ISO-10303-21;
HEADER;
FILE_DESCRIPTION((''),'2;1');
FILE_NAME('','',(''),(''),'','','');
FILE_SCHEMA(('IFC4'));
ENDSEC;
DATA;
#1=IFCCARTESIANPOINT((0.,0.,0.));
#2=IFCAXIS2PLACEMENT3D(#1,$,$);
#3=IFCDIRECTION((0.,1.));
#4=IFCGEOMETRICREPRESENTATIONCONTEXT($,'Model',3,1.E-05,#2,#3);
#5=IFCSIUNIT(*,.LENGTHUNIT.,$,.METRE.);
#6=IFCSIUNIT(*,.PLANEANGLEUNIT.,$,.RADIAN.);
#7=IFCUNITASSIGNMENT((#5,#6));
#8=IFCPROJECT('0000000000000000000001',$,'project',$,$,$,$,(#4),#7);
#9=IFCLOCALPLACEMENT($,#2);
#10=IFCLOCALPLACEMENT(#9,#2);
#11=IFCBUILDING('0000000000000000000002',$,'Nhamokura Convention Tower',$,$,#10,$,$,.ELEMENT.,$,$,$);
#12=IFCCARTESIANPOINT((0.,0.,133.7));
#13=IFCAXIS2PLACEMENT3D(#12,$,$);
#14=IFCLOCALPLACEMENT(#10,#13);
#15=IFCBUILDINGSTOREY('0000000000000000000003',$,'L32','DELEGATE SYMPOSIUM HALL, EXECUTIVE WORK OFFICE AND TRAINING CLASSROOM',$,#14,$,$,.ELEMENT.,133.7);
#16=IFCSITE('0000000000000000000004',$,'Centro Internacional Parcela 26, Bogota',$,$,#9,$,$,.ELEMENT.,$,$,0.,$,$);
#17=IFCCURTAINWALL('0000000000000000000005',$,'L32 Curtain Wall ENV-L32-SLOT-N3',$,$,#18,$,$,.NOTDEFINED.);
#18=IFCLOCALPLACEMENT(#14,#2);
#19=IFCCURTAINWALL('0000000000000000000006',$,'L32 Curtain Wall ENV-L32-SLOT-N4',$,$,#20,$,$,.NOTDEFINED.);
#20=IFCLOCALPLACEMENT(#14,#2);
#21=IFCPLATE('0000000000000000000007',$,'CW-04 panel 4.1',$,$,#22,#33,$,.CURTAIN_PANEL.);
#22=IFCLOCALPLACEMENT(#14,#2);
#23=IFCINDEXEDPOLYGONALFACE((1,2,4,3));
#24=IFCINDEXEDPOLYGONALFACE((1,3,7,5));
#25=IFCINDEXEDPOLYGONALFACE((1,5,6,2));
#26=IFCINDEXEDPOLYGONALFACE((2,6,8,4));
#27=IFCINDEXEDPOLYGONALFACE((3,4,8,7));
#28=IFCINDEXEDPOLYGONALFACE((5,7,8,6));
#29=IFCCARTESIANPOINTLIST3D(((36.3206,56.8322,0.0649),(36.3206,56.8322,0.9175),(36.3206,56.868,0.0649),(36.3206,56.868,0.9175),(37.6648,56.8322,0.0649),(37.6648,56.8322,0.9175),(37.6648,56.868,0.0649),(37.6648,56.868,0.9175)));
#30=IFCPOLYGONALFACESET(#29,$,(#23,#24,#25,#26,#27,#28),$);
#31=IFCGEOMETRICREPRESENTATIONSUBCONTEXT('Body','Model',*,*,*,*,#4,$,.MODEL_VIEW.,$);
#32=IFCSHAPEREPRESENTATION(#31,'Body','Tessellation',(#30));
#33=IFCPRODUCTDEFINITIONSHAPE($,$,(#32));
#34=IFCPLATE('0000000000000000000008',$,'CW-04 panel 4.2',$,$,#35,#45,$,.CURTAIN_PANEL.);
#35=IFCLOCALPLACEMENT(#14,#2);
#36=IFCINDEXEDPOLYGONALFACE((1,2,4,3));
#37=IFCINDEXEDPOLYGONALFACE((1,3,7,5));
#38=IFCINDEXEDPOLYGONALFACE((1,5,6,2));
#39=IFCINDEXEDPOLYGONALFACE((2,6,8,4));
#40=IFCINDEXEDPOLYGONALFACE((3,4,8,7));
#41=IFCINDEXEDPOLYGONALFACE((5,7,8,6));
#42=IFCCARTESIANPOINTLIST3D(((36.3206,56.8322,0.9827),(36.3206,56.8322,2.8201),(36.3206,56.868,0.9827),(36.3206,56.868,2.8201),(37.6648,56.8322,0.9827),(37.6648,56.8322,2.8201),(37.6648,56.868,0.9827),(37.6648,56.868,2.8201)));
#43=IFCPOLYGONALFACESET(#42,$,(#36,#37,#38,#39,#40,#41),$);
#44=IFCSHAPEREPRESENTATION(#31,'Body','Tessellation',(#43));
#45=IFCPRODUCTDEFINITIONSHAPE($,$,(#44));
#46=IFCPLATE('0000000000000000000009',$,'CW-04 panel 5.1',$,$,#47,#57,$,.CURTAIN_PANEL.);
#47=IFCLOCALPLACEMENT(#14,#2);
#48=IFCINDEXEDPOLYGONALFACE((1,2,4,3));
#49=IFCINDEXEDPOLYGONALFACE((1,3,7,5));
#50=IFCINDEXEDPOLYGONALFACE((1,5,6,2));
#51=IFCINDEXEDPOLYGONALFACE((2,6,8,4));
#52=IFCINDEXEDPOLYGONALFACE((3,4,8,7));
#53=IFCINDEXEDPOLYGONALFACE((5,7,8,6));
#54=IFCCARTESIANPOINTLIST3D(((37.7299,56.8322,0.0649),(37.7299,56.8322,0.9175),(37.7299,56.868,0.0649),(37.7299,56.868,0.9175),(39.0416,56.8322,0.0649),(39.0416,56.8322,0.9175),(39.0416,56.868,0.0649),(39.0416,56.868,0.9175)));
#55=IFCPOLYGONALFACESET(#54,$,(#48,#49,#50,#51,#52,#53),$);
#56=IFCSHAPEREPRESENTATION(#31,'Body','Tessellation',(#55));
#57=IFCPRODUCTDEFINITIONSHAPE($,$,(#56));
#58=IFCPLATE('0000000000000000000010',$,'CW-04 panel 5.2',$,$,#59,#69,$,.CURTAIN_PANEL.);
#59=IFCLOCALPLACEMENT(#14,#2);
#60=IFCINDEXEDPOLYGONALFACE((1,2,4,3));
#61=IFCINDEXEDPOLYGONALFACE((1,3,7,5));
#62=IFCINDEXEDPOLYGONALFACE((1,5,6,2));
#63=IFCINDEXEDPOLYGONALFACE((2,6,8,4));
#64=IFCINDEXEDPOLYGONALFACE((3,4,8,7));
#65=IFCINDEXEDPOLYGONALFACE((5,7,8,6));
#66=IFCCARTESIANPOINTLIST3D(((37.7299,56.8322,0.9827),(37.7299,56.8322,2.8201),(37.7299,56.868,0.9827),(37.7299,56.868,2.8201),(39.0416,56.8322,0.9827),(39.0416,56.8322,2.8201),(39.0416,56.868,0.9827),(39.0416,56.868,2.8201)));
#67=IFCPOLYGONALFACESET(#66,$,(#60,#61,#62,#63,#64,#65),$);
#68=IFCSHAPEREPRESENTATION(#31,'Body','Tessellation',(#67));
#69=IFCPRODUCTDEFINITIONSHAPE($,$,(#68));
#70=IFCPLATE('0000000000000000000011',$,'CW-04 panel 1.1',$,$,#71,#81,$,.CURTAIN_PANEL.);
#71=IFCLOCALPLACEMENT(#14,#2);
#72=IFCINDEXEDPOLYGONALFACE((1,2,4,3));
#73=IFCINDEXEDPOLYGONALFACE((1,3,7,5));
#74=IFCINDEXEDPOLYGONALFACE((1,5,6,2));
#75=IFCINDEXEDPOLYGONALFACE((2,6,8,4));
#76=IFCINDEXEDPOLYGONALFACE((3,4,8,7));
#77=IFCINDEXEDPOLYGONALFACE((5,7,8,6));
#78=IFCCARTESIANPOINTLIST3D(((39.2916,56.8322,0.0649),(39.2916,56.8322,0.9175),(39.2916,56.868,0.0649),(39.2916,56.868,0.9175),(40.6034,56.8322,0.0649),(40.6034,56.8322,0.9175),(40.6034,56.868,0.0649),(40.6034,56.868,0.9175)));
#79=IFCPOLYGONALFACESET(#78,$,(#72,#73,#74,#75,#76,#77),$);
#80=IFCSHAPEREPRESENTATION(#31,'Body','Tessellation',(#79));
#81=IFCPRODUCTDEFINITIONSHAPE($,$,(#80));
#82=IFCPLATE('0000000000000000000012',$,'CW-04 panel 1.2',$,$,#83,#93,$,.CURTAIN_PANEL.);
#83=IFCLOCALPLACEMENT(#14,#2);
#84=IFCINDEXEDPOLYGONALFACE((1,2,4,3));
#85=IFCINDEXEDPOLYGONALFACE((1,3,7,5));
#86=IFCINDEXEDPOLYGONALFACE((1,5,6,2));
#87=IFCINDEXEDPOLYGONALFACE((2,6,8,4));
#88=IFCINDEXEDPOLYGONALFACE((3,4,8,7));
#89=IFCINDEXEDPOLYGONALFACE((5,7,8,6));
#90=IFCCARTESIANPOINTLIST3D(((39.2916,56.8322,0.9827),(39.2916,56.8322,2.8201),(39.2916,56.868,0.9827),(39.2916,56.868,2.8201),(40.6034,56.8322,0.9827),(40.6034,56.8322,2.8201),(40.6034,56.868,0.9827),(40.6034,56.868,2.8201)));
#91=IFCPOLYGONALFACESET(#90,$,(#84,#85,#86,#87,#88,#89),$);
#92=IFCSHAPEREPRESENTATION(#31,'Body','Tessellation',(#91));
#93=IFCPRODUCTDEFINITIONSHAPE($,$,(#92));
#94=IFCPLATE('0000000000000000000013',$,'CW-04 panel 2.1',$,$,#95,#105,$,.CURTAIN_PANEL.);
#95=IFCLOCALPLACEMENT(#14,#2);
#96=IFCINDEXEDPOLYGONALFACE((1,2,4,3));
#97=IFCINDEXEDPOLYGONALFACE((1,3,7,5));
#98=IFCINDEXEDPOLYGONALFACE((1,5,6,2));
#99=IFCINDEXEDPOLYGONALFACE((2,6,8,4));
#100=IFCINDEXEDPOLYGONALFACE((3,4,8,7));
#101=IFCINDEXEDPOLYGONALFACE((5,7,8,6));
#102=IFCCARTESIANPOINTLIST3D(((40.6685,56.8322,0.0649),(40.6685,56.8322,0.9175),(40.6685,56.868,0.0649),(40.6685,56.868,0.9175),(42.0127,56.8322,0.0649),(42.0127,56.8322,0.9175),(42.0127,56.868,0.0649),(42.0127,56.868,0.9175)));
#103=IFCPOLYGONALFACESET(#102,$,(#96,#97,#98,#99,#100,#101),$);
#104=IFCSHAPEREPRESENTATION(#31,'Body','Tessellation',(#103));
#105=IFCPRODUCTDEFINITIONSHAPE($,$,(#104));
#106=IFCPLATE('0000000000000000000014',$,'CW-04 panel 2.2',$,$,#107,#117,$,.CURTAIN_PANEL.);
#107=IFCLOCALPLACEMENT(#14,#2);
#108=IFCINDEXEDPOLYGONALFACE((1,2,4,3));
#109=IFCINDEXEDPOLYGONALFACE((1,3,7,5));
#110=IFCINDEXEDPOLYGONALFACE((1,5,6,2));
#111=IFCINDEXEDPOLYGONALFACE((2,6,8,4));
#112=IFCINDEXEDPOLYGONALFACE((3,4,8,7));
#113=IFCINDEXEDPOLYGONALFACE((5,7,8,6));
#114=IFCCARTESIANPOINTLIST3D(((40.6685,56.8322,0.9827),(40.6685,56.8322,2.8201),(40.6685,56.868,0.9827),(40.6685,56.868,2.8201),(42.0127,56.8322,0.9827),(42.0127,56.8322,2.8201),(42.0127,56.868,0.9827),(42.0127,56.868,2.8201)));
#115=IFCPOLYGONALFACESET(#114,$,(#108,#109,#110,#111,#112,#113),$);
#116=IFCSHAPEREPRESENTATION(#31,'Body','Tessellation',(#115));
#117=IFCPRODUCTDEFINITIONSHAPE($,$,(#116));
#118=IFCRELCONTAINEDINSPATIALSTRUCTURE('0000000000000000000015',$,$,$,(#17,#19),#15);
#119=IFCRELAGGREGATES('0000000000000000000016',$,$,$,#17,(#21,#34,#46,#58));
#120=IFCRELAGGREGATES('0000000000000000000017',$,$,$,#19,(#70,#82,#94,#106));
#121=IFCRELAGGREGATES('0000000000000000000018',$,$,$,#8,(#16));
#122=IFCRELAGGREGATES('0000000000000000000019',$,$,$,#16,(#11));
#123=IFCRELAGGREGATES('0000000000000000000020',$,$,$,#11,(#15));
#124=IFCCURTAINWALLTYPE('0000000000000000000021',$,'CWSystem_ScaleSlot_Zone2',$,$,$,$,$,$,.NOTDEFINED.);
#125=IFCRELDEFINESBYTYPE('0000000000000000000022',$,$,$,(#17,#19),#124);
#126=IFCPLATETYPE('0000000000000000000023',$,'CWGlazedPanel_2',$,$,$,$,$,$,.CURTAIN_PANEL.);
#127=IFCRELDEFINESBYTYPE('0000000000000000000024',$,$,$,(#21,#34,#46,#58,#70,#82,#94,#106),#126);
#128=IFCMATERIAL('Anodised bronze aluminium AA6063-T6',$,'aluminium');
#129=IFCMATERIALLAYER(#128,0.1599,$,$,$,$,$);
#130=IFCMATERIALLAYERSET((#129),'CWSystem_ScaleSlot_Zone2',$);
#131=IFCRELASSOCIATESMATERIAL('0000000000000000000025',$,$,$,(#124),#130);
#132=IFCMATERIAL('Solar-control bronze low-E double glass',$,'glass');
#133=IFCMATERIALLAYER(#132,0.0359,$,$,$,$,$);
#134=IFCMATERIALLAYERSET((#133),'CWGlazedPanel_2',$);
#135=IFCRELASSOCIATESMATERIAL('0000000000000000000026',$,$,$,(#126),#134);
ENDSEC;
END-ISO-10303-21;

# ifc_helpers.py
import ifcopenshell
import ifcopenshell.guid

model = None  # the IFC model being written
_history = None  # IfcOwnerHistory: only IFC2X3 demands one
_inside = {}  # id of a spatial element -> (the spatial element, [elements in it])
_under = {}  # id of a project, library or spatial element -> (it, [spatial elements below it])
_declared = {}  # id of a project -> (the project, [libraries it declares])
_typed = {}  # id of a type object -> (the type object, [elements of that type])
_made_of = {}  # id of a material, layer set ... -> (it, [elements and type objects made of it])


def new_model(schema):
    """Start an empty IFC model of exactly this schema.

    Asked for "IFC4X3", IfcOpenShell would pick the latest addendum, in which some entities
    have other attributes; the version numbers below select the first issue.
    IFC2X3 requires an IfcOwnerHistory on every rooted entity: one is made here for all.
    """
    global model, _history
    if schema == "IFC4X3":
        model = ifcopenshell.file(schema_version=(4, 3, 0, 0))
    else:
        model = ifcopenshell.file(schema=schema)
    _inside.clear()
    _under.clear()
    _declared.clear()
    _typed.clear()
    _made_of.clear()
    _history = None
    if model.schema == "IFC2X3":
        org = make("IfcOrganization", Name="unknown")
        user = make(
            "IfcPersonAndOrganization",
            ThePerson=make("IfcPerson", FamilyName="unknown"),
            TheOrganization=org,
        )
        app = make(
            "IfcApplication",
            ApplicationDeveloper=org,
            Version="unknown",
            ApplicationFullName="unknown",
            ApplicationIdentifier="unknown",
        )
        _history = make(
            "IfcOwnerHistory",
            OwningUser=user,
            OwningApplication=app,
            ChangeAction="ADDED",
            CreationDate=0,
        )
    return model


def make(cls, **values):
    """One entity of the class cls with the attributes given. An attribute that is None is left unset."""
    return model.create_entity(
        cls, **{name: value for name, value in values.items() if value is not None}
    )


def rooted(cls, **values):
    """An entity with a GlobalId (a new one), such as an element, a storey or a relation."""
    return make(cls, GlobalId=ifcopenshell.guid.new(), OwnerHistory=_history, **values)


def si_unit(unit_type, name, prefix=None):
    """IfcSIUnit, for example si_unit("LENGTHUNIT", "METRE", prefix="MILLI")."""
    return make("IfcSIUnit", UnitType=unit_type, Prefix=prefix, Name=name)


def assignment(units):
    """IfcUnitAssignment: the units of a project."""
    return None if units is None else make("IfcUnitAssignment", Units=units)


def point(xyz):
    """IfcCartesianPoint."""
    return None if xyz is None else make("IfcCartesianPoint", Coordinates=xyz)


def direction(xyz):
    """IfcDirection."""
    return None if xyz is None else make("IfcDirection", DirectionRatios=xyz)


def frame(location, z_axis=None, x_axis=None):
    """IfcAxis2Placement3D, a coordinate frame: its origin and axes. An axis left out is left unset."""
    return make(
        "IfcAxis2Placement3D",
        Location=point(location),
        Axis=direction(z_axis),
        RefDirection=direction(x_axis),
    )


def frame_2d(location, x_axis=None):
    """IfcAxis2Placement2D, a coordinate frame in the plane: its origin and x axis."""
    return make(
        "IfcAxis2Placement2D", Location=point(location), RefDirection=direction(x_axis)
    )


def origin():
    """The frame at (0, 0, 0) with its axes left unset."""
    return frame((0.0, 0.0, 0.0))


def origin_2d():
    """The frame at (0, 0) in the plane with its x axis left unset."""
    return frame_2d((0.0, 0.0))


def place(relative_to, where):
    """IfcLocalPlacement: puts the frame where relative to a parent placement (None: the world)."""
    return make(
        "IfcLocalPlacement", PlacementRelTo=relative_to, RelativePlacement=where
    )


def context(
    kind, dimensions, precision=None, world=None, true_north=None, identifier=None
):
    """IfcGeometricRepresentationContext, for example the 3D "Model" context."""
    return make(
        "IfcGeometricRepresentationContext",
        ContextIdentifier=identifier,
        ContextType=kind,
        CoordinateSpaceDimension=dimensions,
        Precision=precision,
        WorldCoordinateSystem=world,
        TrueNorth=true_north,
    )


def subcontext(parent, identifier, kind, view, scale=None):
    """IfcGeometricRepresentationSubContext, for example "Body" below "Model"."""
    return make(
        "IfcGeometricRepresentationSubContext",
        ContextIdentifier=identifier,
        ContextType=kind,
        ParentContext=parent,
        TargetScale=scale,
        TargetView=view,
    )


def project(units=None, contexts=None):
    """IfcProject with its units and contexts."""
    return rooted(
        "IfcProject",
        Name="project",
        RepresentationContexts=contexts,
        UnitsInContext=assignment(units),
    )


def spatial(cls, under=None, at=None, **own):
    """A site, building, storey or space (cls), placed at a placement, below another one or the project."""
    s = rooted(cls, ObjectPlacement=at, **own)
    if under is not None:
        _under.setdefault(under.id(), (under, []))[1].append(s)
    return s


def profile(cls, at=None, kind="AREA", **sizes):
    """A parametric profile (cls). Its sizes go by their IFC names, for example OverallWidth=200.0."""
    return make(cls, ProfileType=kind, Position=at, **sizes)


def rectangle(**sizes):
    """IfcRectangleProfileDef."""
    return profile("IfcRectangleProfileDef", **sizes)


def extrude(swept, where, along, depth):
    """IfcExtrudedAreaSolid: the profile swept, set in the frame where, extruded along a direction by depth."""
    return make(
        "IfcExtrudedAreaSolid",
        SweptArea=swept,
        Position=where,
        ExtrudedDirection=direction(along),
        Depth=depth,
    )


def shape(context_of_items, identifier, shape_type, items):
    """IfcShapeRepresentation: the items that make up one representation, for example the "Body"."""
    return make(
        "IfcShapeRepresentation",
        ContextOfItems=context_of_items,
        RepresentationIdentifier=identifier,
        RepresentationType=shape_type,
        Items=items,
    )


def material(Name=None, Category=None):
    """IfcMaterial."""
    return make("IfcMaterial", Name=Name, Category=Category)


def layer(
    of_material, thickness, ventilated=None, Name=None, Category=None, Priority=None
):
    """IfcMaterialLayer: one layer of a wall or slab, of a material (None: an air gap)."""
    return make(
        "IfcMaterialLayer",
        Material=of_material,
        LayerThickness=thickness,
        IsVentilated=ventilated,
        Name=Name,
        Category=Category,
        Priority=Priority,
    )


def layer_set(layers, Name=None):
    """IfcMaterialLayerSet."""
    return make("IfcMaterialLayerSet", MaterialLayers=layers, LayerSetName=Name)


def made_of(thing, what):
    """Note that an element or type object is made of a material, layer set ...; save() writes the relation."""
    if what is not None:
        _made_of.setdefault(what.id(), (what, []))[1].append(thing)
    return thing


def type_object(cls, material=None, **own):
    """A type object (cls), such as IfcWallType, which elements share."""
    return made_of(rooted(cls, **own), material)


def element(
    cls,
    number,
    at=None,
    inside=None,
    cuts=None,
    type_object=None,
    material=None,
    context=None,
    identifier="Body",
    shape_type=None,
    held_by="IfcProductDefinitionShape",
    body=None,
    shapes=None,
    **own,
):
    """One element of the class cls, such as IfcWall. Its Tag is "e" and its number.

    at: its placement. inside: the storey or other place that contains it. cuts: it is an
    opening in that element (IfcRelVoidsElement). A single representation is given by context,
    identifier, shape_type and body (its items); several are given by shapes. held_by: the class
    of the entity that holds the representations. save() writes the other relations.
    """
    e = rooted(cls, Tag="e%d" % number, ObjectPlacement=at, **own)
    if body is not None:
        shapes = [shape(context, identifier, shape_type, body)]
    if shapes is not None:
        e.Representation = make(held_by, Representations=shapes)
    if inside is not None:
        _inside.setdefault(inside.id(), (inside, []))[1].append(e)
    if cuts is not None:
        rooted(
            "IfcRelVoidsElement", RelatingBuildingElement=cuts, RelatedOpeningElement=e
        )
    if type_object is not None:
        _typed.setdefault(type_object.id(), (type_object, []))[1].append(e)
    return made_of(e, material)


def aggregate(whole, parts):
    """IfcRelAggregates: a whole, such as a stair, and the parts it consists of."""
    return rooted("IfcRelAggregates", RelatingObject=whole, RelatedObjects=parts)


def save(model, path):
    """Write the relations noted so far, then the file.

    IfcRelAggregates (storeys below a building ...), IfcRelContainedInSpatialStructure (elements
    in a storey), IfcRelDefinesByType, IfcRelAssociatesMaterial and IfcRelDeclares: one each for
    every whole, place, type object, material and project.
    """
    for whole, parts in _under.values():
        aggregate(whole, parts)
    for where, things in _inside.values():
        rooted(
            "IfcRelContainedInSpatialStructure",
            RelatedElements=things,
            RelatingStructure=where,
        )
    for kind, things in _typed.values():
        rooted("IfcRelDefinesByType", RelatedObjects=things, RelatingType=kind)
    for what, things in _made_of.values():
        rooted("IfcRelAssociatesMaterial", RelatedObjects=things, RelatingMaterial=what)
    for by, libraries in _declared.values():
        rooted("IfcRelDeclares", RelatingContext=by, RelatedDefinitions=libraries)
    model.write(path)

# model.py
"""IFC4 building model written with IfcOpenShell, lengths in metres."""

from ifc_helpers import new_model, si_unit, direction, frame, origin, origin_2d, place, context, subcontext, project, spatial, rectangle, extrude, material, layer, layer_set, type_object, element, aggregate, save


model = new_model("IFC4")

# Units and contexts
model_context = context("Model", 3, precision=1e-05, world=origin(), true_north=direction((0.0, 1.0)))
body_context = subcontext(model_context, "Body", "Model", "MODEL_VIEW")
ifc_project = project(units=[si_unit("LENGTHUNIT", "METRE"), si_unit("PLANEANGLEUNIT", "RADIAN")], contexts=[model_context])

# Site, building, storey
site_placement = place(None, origin())
site = spatial("IfcSite", under=ifc_project, at=site_placement, Name="Centro Internacional Parcela 26, Bogota", CompositionType="ELEMENT", RefElevation=0.0)
building_placement = place(site_placement, origin())
building = spatial("IfcBuilding", under=site, at=building_placement, Name="Nhamokura Convention Tower", CompositionType="ELEMENT")
storey_placement = place(building_placement, frame((0.0, 0.0, 133.7)))
storey = spatial("IfcBuildingStorey", under=building, at=storey_placement, Name="L32", Description="DELEGATE SYMPOSIUM HALL, EXECUTIVE WORK OFFICE AND TRAINING CLASSROOM", CompositionType="ELEMENT", Elevation=133.7)

# Curtain walls
ifc_material_1 = material(Name="Anodised bronze aluminium AA6063-T6", Category="aluminium")
ifc_layer_1 = layer(ifc_material_1, 0.1599)
ifc_layer_set_1 = layer_set([ifc_layer_1], Name="CWSystem_ScaleSlot_Zone2")
curtain_wall_type = type_object("IfcCurtainWallType", Name="CWSystem_ScaleSlot_Zone2", PredefinedType="NOTDEFINED", material=ifc_layer_set_1)
curtain_wall_1_placement = place(storey_placement, origin())
curtain_wall_1 = element("IfcCurtainWall", 1, at=curtain_wall_1_placement, inside=storey, type_object=curtain_wall_type, Name="L32 Curtain Wall ENV-L32-SLOT-N3", PredefinedType="NOTDEFINED")
curtain_wall_2_placement = place(storey_placement, origin())
curtain_wall_2 = element("IfcCurtainWall", 2, at=curtain_wall_2_placement, inside=storey, type_object=curtain_wall_type, Name="L32 Curtain Wall ENV-L32-SLOT-N4", PredefinedType="NOTDEFINED")

# Plates
ifc_material_2 = material(Name="Solar-control bronze low-E double glass", Category="glass")
ifc_layer_2 = layer(ifc_material_2, 0.0359)
ifc_layer_set_2 = layer_set([ifc_layer_2], Name="CWGlazedPanel_2")
plate_type = type_object("IfcPlateType", Name="CWGlazedPanel_2", PredefinedType="CURTAIN_PANEL", material=ifc_layer_set_2)
plate_1_placement = place(storey_placement, frame((36.9927, 56.8501, 0.0649), z_axis=(0.0, 0.0, 1.0), x_axis=(1.0, 0.0, 0.0)))
plate_1 = element("IfcPlate", 3, at=plate_1_placement, type_object=plate_type, Name="CW-04 panel 4.1", PredefinedType="CURTAIN_PANEL", context=body_context, shape_type="SweptSolid", body=[
    extrude(rectangle(XDim=1.3442, YDim=0.0359, at=origin_2d()), origin(), (0.0, 0.0, 1.0), 0.8525),
])
plate_2_placement = place(storey_placement, frame((36.9927, 56.8501, 0.9827), z_axis=(0.0, 0.0, 1.0), x_axis=(1.0, 0.0, 0.0)))
plate_2 = element("IfcPlate", 4, at=plate_2_placement, type_object=plate_type, Name="CW-04 panel 4.2", PredefinedType="CURTAIN_PANEL", context=body_context, shape_type="SweptSolid", body=[
    extrude(rectangle(XDim=1.3442, YDim=0.0359, at=origin_2d()), origin(), (0.0, 0.0, 1.0), 1.8374),
])
plate_3_placement = place(storey_placement, frame((38.3857, 56.8501, 0.0649), z_axis=(0.0, 0.0, 1.0), x_axis=(1.0, 0.0, 0.0)))
plate_3 = element("IfcPlate", 5, at=plate_3_placement, type_object=plate_type, Name="CW-04 panel 5.1", PredefinedType="CURTAIN_PANEL", context=body_context, shape_type="SweptSolid", body=[
    extrude(rectangle(XDim=1.3118, YDim=0.0359, at=origin_2d()), origin(), (0.0, 0.0, 1.0), 0.8525),
])
plate_4_placement = place(storey_placement, frame((38.3857, 56.8501, 0.9827), z_axis=(0.0, 0.0, 1.0), x_axis=(1.0, 0.0, 0.0)))
plate_4 = element("IfcPlate", 6, at=plate_4_placement, type_object=plate_type, Name="CW-04 panel 5.2", PredefinedType="CURTAIN_PANEL", context=body_context, shape_type="SweptSolid", body=[
    extrude(rectangle(XDim=1.3118, YDim=0.0359, at=origin_2d()), origin(), (0.0, 0.0, 1.0), 1.8374),
])
aggregate(curtain_wall_1, [plate_1, plate_2, plate_3, plate_4])
plate_5_placement = place(storey_placement, frame((39.9475, 56.8501, 0.0649), z_axis=(0.0, 0.0, 1.0), x_axis=(1.0, 0.0, 0.0)))
plate_5 = element("IfcPlate", 7, at=plate_5_placement, type_object=plate_type, Name="CW-04 panel 1.1", PredefinedType="CURTAIN_PANEL", context=body_context, shape_type="SweptSolid", body=[
    extrude(rectangle(XDim=1.3118, YDim=0.0359, at=origin_2d()), origin(), (0.0, 0.0, 1.0), 0.8525),
])
plate_6_placement = place(storey_placement, frame((39.9475, 56.8501, 0.9827), z_axis=(0.0, 0.0, 1.0), x_axis=(1.0, 0.0, 0.0)))
plate_6 = element("IfcPlate", 8, at=plate_6_placement, type_object=plate_type, Name="CW-04 panel 1.2", PredefinedType="CURTAIN_PANEL", context=body_context, shape_type="SweptSolid", body=[
    extrude(rectangle(XDim=1.3118, YDim=0.0359, at=origin_2d()), origin(), (0.0, 0.0, 1.0), 1.8374),
])
plate_7_placement = place(storey_placement, frame((41.3406, 56.8501, 0.0649), z_axis=(0.0, 0.0, 1.0), x_axis=(1.0, 0.0, 0.0)))
plate_7 = element("IfcPlate", 9, at=plate_7_placement, type_object=plate_type, Name="CW-04 panel 2.1", PredefinedType="CURTAIN_PANEL", context=body_context, shape_type="SweptSolid", body=[
    extrude(rectangle(XDim=1.3442, YDim=0.0359, at=origin_2d()), origin(), (0.0, 0.0, 1.0), 0.8525),
])
plate_8_placement = place(storey_placement, frame((41.3406, 56.8501, 0.9827), z_axis=(0.0, 0.0, 1.0), x_axis=(1.0, 0.0, 0.0)))
plate_8 = element("IfcPlate", 10, at=plate_8_placement, type_object=plate_type, Name="CW-04 panel 2.2", PredefinedType="CURTAIN_PANEL", context=body_context, shape_type="SweptSolid", body=[
    extrude(rectangle(XDim=1.3442, YDim=0.0359, at=origin_2d()), origin(), (0.0, 0.0, 1.0), 1.8374),
])
aggregate(curtain_wall_2, [plate_5, plate_6, plate_7, plate_8])

save(model, "model.ifc")
